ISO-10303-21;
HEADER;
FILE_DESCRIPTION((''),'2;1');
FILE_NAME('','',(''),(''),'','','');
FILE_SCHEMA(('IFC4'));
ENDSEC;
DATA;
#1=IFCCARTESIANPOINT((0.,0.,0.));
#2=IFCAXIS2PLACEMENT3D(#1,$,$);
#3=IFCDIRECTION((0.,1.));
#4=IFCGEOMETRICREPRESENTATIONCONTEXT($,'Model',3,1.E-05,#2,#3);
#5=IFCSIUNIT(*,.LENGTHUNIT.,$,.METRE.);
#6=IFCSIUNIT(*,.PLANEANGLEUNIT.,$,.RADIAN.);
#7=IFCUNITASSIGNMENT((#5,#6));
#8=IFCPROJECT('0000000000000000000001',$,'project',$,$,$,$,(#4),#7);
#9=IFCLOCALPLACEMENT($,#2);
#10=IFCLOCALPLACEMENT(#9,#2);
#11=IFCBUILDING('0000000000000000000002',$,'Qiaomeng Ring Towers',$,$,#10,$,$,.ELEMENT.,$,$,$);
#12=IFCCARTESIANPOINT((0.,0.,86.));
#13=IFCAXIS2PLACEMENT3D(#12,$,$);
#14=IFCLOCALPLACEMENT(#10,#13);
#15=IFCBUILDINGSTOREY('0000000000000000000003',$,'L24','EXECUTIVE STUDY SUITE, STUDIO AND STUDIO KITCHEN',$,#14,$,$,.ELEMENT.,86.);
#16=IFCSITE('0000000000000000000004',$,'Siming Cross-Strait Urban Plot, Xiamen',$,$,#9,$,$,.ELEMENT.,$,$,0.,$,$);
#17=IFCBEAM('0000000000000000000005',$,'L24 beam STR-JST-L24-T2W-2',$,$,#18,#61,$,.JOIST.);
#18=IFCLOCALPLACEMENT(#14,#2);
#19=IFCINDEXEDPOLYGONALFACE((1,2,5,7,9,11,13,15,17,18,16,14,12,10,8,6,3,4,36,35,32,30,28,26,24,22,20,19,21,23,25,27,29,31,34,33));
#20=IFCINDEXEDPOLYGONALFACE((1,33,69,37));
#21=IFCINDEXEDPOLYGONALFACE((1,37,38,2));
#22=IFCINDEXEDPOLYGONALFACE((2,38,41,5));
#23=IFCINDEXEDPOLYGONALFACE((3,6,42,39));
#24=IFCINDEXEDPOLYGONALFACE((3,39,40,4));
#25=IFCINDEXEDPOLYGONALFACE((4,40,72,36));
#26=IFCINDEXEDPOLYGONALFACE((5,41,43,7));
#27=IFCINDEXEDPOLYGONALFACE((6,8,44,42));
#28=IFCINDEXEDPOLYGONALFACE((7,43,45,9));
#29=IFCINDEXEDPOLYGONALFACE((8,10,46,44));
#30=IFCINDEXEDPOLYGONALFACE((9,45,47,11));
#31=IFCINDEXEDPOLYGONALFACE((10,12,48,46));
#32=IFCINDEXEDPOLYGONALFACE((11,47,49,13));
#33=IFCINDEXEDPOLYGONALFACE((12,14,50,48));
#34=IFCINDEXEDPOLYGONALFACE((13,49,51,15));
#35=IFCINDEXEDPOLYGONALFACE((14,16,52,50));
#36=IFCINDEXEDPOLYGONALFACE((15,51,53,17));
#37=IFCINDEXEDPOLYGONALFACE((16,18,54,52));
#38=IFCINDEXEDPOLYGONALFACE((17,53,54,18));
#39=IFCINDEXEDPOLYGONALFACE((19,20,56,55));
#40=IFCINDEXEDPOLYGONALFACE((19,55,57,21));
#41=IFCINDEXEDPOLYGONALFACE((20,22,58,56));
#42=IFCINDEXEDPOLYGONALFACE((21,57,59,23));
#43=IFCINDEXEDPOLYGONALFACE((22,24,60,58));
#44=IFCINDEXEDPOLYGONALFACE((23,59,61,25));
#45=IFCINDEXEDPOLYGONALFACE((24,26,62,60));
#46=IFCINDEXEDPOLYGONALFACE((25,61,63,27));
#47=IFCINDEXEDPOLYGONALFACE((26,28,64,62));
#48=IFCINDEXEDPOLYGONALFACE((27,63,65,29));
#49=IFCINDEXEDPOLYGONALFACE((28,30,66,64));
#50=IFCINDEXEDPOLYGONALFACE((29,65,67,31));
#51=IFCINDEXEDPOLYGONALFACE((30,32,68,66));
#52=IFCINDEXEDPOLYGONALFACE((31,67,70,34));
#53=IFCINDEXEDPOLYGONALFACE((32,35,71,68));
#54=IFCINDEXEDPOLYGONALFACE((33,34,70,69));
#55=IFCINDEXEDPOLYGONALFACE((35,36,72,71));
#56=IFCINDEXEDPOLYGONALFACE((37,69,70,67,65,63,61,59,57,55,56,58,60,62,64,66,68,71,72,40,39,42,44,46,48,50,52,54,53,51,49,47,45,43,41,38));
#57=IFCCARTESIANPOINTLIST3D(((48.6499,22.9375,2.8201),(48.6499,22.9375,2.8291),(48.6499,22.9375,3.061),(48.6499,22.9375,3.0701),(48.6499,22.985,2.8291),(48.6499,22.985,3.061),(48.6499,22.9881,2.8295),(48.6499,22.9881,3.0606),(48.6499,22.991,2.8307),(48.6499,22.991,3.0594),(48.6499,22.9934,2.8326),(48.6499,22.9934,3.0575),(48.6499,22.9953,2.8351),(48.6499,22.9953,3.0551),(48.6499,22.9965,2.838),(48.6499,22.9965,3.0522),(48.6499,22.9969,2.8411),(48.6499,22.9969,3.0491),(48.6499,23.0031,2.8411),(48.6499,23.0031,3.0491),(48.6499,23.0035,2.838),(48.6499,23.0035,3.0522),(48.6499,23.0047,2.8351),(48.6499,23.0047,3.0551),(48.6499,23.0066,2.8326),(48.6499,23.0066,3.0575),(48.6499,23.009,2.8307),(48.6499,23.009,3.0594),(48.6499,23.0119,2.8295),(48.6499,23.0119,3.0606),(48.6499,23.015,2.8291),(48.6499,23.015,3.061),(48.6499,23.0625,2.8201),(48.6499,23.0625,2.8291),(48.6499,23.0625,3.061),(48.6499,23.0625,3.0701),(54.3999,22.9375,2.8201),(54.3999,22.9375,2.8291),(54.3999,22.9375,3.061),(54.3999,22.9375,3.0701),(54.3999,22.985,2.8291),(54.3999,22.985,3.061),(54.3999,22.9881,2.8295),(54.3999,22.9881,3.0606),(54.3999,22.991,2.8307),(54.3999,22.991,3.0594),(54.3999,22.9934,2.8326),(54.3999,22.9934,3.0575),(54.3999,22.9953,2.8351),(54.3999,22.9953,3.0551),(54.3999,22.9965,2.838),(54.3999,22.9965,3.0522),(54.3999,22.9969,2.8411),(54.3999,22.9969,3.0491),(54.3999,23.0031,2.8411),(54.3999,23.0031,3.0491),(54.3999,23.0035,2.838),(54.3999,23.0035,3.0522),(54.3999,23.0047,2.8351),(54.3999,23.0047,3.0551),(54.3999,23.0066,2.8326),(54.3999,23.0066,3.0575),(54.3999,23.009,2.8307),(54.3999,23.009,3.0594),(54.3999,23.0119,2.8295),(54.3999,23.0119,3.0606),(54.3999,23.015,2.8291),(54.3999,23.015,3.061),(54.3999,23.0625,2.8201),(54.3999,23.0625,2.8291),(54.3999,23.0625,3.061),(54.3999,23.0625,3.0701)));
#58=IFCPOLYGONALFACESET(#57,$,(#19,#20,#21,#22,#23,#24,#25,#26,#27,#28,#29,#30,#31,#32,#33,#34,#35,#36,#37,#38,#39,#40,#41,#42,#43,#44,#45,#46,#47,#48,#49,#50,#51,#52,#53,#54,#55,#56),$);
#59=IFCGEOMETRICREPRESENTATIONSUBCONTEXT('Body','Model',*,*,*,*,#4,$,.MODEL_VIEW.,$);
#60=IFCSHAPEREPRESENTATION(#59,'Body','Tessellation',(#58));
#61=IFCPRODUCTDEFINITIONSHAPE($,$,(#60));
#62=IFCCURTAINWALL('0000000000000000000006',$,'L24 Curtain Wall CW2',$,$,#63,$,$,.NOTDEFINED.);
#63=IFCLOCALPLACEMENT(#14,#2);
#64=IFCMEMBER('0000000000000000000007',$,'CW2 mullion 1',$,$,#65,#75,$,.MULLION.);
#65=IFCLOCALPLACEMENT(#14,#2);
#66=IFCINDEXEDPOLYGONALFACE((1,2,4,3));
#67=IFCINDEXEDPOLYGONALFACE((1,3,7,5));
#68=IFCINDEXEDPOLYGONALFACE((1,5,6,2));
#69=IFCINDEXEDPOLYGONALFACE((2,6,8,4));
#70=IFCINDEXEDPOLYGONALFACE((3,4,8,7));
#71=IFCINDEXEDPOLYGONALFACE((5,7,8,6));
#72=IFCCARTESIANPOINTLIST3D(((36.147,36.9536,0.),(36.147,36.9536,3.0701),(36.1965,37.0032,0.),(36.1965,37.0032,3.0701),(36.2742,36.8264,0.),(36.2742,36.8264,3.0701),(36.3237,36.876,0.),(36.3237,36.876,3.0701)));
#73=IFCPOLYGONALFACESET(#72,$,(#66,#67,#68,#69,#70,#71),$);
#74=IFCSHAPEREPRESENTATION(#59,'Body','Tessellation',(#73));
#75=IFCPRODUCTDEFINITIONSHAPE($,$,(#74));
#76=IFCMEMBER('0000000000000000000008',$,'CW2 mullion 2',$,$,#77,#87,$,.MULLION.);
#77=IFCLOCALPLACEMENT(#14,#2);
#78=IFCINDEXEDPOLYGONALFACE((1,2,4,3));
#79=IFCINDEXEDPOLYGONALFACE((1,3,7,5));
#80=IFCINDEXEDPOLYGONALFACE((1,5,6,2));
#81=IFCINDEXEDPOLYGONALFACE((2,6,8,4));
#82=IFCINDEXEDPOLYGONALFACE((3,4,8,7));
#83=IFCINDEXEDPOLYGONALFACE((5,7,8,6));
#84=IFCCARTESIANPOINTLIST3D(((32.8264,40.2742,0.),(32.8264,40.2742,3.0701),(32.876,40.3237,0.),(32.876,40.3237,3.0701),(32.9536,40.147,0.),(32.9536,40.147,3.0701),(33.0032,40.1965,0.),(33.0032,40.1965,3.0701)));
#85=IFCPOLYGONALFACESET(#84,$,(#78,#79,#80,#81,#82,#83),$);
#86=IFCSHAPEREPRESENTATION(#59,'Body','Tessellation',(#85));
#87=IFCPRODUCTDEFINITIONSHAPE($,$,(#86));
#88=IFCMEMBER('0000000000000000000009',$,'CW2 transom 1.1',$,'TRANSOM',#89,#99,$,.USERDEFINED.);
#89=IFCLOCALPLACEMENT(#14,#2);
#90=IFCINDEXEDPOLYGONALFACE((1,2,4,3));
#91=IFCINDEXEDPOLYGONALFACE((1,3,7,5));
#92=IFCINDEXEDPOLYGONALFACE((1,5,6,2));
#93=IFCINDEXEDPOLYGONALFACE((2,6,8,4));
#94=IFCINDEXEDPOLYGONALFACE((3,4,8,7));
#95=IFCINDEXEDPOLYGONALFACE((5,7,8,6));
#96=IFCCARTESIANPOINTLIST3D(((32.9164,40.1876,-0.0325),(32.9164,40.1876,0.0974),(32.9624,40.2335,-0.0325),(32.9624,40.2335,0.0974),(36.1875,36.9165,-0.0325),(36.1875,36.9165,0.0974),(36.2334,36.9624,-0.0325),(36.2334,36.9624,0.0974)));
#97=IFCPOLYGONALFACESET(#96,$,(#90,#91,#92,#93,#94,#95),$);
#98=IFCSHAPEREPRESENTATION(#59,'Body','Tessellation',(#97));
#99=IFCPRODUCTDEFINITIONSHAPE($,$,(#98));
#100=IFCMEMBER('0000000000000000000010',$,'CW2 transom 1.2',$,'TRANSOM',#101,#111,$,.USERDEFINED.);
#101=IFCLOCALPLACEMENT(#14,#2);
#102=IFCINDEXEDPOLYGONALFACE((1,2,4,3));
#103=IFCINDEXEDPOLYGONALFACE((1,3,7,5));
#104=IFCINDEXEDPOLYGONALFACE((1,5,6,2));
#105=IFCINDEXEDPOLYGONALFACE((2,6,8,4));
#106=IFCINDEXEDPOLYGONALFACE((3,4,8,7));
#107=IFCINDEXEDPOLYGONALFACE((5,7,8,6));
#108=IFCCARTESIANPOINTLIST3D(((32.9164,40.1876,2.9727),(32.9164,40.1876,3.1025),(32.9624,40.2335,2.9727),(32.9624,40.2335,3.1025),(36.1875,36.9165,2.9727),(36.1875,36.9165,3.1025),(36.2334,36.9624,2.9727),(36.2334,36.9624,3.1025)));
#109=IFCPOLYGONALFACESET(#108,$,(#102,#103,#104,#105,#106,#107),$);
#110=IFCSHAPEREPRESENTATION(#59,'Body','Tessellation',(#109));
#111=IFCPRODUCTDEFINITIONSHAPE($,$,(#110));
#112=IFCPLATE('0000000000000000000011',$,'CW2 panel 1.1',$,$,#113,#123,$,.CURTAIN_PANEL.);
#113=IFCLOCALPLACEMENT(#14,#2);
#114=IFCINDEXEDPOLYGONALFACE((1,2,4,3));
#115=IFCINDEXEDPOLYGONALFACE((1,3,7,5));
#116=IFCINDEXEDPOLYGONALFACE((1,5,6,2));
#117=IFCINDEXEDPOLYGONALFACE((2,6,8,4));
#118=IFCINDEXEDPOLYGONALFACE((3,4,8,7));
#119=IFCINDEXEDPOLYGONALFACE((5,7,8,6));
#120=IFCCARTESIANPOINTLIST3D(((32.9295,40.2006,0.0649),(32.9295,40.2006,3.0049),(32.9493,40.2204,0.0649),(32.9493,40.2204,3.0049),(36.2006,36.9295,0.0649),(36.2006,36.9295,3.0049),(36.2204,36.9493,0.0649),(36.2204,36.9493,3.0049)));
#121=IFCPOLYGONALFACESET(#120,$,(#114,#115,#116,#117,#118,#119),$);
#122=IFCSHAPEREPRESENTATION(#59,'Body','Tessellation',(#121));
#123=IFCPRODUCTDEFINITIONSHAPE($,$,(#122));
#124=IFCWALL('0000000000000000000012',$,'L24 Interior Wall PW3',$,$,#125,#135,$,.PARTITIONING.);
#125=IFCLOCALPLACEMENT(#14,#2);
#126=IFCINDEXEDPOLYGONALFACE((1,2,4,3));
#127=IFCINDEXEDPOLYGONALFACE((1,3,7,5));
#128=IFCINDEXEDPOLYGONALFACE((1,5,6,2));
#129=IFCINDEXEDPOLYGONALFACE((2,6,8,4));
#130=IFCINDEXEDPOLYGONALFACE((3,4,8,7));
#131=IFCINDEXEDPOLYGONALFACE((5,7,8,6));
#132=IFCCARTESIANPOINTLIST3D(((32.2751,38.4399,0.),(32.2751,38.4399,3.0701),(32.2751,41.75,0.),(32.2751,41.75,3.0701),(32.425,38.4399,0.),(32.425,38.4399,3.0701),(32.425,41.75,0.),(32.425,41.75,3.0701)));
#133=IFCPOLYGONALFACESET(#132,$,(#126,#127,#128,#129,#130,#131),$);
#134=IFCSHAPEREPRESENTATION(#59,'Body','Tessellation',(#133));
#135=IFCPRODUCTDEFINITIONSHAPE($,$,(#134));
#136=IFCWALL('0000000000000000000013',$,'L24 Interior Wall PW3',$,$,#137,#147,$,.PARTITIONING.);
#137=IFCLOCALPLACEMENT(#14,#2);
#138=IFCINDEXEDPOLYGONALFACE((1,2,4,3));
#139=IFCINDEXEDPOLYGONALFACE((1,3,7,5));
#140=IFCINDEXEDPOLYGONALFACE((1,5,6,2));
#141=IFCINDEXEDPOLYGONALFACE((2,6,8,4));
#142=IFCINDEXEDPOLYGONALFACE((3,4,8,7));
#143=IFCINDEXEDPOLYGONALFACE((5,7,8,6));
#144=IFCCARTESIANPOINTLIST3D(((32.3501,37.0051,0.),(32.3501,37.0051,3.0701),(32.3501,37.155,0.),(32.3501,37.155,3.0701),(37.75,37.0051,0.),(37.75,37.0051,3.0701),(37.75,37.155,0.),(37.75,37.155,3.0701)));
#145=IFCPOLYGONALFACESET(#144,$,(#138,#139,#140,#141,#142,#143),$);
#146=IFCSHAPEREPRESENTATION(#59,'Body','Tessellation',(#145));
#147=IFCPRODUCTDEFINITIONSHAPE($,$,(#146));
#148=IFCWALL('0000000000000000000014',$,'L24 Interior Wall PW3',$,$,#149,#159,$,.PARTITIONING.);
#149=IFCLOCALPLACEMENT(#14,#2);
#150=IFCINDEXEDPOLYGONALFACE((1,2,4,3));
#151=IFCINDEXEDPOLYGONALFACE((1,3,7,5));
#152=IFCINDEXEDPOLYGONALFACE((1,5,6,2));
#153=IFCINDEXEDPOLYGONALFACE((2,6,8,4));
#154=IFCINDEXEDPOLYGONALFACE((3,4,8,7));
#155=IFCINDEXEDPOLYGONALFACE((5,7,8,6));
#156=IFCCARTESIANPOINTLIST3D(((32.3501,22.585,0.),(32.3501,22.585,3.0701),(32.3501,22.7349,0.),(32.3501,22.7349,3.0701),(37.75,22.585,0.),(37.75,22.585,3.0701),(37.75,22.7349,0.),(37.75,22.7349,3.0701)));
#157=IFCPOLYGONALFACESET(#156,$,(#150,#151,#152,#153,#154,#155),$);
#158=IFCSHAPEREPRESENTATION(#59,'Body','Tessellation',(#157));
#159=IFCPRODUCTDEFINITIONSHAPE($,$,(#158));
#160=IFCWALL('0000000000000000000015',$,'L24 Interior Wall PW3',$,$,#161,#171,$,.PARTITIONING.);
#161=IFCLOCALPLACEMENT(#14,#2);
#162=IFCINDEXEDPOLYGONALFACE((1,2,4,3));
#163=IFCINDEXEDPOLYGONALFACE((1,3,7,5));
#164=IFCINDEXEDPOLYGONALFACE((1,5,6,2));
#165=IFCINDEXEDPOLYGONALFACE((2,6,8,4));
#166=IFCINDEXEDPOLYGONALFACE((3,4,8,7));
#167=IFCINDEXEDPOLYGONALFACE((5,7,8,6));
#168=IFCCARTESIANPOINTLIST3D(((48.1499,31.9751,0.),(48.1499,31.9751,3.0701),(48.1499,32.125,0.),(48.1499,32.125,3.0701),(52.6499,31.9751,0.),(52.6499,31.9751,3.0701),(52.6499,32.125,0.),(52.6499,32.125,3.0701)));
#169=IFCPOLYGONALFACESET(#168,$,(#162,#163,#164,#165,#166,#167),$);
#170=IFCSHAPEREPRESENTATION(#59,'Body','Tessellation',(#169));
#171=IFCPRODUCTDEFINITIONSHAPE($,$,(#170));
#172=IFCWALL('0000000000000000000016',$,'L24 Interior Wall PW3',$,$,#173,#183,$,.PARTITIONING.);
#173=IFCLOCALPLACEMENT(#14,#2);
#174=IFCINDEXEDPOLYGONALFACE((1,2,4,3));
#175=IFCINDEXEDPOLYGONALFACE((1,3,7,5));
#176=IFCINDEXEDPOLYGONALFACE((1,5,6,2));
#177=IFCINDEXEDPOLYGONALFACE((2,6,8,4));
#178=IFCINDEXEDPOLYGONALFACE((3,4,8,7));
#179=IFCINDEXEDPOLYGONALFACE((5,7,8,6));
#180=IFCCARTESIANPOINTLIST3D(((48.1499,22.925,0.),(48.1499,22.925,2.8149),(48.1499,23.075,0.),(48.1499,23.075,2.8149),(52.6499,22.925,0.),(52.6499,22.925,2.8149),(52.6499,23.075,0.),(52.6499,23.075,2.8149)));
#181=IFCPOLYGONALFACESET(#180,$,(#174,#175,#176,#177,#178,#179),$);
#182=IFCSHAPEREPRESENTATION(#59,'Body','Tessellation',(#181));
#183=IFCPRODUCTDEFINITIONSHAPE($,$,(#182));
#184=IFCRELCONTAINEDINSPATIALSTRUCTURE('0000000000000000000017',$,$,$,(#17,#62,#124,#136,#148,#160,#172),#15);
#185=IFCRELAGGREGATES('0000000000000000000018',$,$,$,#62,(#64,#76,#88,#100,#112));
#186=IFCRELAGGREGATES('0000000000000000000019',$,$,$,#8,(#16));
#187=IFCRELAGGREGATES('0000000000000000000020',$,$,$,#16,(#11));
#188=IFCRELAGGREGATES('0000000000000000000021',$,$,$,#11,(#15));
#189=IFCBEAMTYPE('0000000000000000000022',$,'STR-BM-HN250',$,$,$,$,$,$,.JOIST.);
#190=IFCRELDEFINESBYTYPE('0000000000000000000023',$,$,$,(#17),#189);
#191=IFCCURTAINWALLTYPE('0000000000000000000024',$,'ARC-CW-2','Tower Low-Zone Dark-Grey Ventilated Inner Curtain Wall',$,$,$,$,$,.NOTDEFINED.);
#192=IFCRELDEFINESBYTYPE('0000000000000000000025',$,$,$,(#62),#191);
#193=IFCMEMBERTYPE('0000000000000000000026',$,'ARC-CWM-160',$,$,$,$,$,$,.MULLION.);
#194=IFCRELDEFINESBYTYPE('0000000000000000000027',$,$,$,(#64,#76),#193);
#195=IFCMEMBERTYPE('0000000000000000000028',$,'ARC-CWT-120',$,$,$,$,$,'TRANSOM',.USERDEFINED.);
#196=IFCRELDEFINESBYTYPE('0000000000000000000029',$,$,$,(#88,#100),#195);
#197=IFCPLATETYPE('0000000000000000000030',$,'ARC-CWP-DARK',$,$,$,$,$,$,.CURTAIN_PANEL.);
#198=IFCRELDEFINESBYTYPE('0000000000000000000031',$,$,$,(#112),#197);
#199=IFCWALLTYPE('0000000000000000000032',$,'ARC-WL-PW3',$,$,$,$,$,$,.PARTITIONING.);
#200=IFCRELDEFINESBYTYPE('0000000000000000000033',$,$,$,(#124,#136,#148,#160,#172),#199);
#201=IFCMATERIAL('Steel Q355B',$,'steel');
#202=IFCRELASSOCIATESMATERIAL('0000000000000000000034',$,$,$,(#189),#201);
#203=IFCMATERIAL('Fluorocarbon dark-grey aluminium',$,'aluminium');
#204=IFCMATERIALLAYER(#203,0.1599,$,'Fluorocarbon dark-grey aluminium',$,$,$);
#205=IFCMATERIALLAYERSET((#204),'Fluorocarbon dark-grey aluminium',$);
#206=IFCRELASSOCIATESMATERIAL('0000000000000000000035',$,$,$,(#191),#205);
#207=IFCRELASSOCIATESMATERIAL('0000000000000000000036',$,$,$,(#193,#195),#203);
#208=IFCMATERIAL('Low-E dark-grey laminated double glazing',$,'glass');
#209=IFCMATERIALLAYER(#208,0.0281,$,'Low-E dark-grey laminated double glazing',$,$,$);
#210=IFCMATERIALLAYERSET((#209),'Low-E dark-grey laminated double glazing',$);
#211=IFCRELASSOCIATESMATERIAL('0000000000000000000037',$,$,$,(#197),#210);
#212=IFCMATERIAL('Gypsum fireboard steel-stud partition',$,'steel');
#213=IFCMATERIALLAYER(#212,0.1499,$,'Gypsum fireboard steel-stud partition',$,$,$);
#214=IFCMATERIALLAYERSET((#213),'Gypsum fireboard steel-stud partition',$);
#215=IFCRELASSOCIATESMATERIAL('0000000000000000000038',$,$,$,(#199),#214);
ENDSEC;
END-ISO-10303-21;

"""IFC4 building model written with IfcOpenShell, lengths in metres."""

from ifc_helpers import new_model, si_unit, direction, frame, frame_2d, origin, origin_2d, place, context, subcontext, project, spatial, rectangle, i_section, extrude, source, transform, mapped, material, layer, layer_set, material_profile, profile_set, type_object, element, aggregate, save


model = new_model("IFC4")

# Units and contexts
model_context = context("Model", 3, precision=1e-05, world=origin(), true_north=direction((0.0, 1.0)))
body_context = subcontext(model_context, "Body", "Model", "MODEL_VIEW")
ifc_project = project(units=[si_unit("LENGTHUNIT", "METRE"), si_unit("PLANEANGLEUNIT", "RADIAN")], contexts=[model_context])

# Site, building, storey
site_placement = place(None, origin())
site = spatial("IfcSite", under=ifc_project, at=site_placement, Name="Siming Cross-Strait Urban Plot, Xiamen", CompositionType="ELEMENT", RefElevation=0.0)
building_placement = place(site_placement, origin())
building = spatial("IfcBuilding", under=site, at=building_placement, Name="Qiaomeng Ring Towers", CompositionType="ELEMENT")
storey_placement = place(building_placement, frame((0.0, 0.0, 86.0)))
storey = spatial("IfcBuildingStorey", under=building, at=storey_placement, Name="L24", Description="EXECUTIVE STUDY SUITE, STUDIO AND STUDIO KITCHEN", CompositionType="ELEMENT", Elevation=86.0)

# Beam
ifc_material_1 = material(Name="Steel Q355B", Category="steel")
ifc_material_profile_1 = material_profile(ifc_material_1, i_section(OverallWidth=0.125, OverallDepth=0.25, WebThickness=0.0061, FlangeThickness=0.009, FilletRadius=0.012, at=origin_2d()), Name="HN 250x125x6x9")
ifc_profile_set_1 = profile_set([ifc_material_profile_1], Name="Steel Q355B")
beam_type_1 = type_object("IfcBeamType", Name="STR-BM-HN250", PredefinedType="JOIST", material=ifc_profile_set_1)
shared_shape_1 = source(origin(), body_context, "Body", "SweptSolid", [
    extrude(i_section(OverallWidth=0.125, OverallDepth=0.25, WebThickness=0.0061, FlangeThickness=0.009, FilletRadius=0.012, at=origin_2d()), origin(), (0.0, 0.0, 1.0), 5.75),
])
beam_1_placement = place(storey_placement, frame((48.6499, 23.0, 2.9451), z_axis=(1.0, 0.0, 0.0), x_axis=(0.0, 1.0, 0.0)))
element("IfcBeam", 1, at=beam_1_placement, inside=storey, type_object=beam_type_1, Name="L24 beam STR-JST-L24-T2W-2", PredefinedType="JOIST", context=body_context, shape_type="MappedRepresentation", body=[
    mapped(shared_shape_1, transform((0.0, 0.0, 0.0), x_axis=(1.0, 0.0, 0.0), y_axis=(0.0, 1.0, 0.0), z_axis=(0.0, 0.0, 1.0), scale=1.0)),
])

# Curtain wall, members, plate
ifc_material_2 = material(Name="Fluorocarbon dark-grey aluminium", Category="aluminium")
ifc_layer_1 = layer(ifc_material_2, 0.1599, Name="Fluorocarbon dark-grey aluminium")
ifc_layer_set_1 = layer_set([ifc_layer_1], Name="Fluorocarbon dark-grey aluminium")
curtain_wall_type = type_object("IfcCurtainWallType", Name="ARC-CW-2", Description="Tower Low-Zone Dark-Grey Ventilated Inner Curtain Wall", PredefinedType="NOTDEFINED", material=ifc_layer_set_1)
curtain_wall_placement = place(storey_placement, origin())
curtain_wall = element("IfcCurtainWall", 2, at=curtain_wall_placement, inside=storey, type_object=curtain_wall_type, Name="L24 Curtain Wall CW2", PredefinedType="NOTDEFINED")
ifc_material_profile_2 = material_profile(ifc_material_2, rectangle(XDim=0.0701, YDim=0.1799, at=origin_2d()), Name="ALU MULL 70x180")
ifc_profile_set_2 = profile_set([ifc_material_profile_2], Name="Fluorocarbon dark-grey aluminium")
member_type_1 = type_object("IfcMemberType", Name="ARC-CWM-160", PredefinedType="MULLION", material=ifc_profile_set_2)
shared_shape_2 = source(origin(), body_context, "Body", "SweptSolid", [
    extrude(rectangle(XDim=0.0701, YDim=0.1799, at=origin_2d()), origin(), (0.0, 0.0, 1.0), 3.0701),
])
member_1_placement = place(storey_placement, frame((36.2354, 36.9148, 0.0), z_axis=(0.0, 0.0, 1.0), x_axis=(-0.707107, -0.707107, 0.0)))
member_1 = element("IfcMember", 3, at=member_1_placement, type_object=member_type_1, Name="CW2 mullion 1", PredefinedType="MULLION", context=body_context, shape_type="MappedRepresentation", body=[
    mapped(shared_shape_2, transform((0.0, 0.0, 0.0), x_axis=(1.0, 0.0, 0.0), y_axis=(0.0, 1.0, 0.0), z_axis=(0.0, 0.0, 1.0), scale=1.0)),
])
member_2_placement = place(storey_placement, frame((32.9148, 40.2354, 0.0), z_axis=(0.0, 0.0, 1.0), x_axis=(-0.707107, -0.707107, 0.0)))
member_2 = element("IfcMember", 4, at=member_2_placement, type_object=member_type_1, Name="CW2 mullion 2", PredefinedType="MULLION", context=body_context, shape_type="MappedRepresentation", body=[
    mapped(shared_shape_2, transform((0.0, 0.0, 0.0), x_axis=(1.0, 0.0, 0.0), y_axis=(0.0, 1.0, 0.0), z_axis=(0.0, 0.0, 1.0), scale=1.0)),
])
ifc_material_profile_3 = material_profile(ifc_material_2, rectangle(XDim=0.0649, YDim=0.1299, at=origin_2d()), Name="ALU TRAN 65x130")
ifc_profile_set_3 = profile_set([ifc_material_profile_3], Name="Fluorocarbon dark-grey aluminium")
member_type_2 = type_object("IfcMemberType", Name="ARC-CWT-120", ElementType="TRANSOM", PredefinedType="USERDEFINED", material=ifc_profile_set_3)
shared_shape_3 = source(origin(), body_context, "Body", "SweptSolid", [
    extrude(rectangle(XDim=0.0649, YDim=0.1299, at=origin_2d()), origin(), (0.0, 0.0, 1.0), 4.626),
])
member_3_placement = place(storey_placement, frame((36.2104, 36.9395, 0.0325), z_axis=(-0.707107, 0.707107, 0.0), x_axis=(-0.707107, -0.707107, 0.0)))
member_3 = element("IfcMember", 5, at=member_3_placement, type_object=member_type_2, Name="CW2 transom 1.1", ObjectType="TRANSOM", PredefinedType="USERDEFINED", context=body_context, shape_type="MappedRepresentation", body=[
    mapped(shared_shape_3, transform((0.0, 0.0, 0.0), x_axis=(1.0, 0.0, 0.0), y_axis=(0.0, 1.0, 0.0), z_axis=(0.0, 0.0, 1.0), scale=1.0)),
])
member_4_placement = place(storey_placement, frame((36.2104, 36.9395, 3.0376), z_axis=(-0.707107, 0.707107, 0.0), x_axis=(-0.707107, -0.707107, 0.0)))
member_4 = element("IfcMember", 6, at=member_4_placement, type_object=member_type_2, Name="CW2 transom 1.2", ObjectType="TRANSOM", PredefinedType="USERDEFINED", context=body_context, shape_type="MappedRepresentation", body=[
    mapped(shared_shape_3, transform((0.0, 0.0, 0.0), x_axis=(1.0, 0.0, 0.0), y_axis=(0.0, 1.0, 0.0), z_axis=(0.0, 0.0, 1.0), scale=1.0)),
])
ifc_material_3 = material(Name="Low-E dark-grey laminated double glazing", Category="glass")
ifc_layer_2 = layer(ifc_material_3, 0.0281, Name="Low-E dark-grey laminated double glazing")
ifc_layer_set_2 = layer_set([ifc_layer_2], Name="Low-E dark-grey laminated double glazing")
plate_type = type_object("IfcPlateType", Name="ARC-CWP-DARK", PredefinedType="CURTAIN_PANEL", material=ifc_layer_set_2)
shared_shape_4 = source(origin(), body_context, "Body", "SweptSolid", [
    extrude(rectangle(XDim=4.626, YDim=0.0281, at=origin_2d()), origin(), (0.0, 0.0, 1.0), 2.9399),
])
plate_placement = place(storey_placement, frame((34.575, 38.575, 0.0649), z_axis=(0.0, 0.0, 1.0), x_axis=(-0.707107, 0.707107, 0.0)))
plate = element("IfcPlate", 7, at=plate_placement, type_object=plate_type, Name="CW2 panel 1.1", PredefinedType="CURTAIN_PANEL", context=body_context, shape_type="MappedRepresentation", body=[
    mapped(shared_shape_4, transform((0.0, 0.0, 0.0), x_axis=(1.0, 0.0, 0.0), y_axis=(0.0, 1.0, 0.0), z_axis=(0.0, 0.0, 1.0), scale=1.0)),
])
aggregate(curtain_wall, [member_1, member_2, member_3, member_4, plate])

# Walls
ifc_material_4 = material(Name="Gypsum fireboard steel-stud partition", Category="steel")
ifc_layer_3 = layer(ifc_material_4, 0.1499, Name="Gypsum fireboard steel-stud partition")
ifc_layer_set_3 = layer_set([ifc_layer_3], Name="Gypsum fireboard steel-stud partition")
wall_type_1 = type_object("IfcWallType", Name="ARC-WL-PW3", PredefinedType="PARTITIONING", material=ifc_layer_set_3)
wall_1_placement = place(storey_placement, frame((32.3501, 38.4399, 0.0), z_axis=(0.0, 0.0, 1.0), x_axis=(0.0, 1.0, 0.0)))
element("IfcWall", 8, at=wall_1_placement, inside=storey, type_object=wall_type_1, Name="L24 Interior Wall PW3", PredefinedType="PARTITIONING", context=body_context, shape_type="SweptSolid", body=[
    extrude(rectangle(XDim=3.3101, YDim=0.1499, at=frame_2d((1.655, 0.0))), origin(), (0.0, 0.0, 1.0), 3.0701),
])
for number, where, z_axis, x_axis, name in (
    (9, (32.3501, 37.0801, 0.0), (0.0, 0.0, 1.0), (1.0, 0.0, 0.0), "L24 Interior Wall PW3"),
    (10, (32.3501, 22.6599, 0.0), (0.0, 0.0, 1.0), (1.0, 0.0, 0.0), "L24 Interior Wall PW3"),
):
    element("IfcWall", number, at=place(storey_placement, frame(where, z_axis=z_axis, x_axis=x_axis)), inside=storey, type_object=wall_type_1, Name=name, PredefinedType="PARTITIONING", context=body_context, shape_type="SweptSolid", body=[
        extrude(rectangle(XDim=5.3999, YDim=0.1499, at=frame_2d((2.7, 0.0))), origin(), (0.0, 0.0, 1.0), 3.0701),
    ])
wall_2_placement = place(storey_placement, frame((48.1499, 32.05, 0.0), z_axis=(0.0, 0.0, 1.0), x_axis=(1.0, 0.0, 0.0)))
element("IfcWall", 11, at=wall_2_placement, inside=storey, type_object=wall_type_1, Name="L24 Interior Wall PW3", PredefinedType="PARTITIONING", context=body_context, shape_type="SweptSolid", body=[
    extrude(rectangle(XDim=4.5, YDim=0.1499, at=frame_2d((2.25, 0.0))), origin(), (0.0, 0.0, 1.0), 3.0701),
])
wall_3_placement = place(storey_placement, frame((48.1499, 23.0, 0.0), z_axis=(0.0, 0.0, 1.0), x_axis=(1.0, 0.0, 0.0)))
element("IfcWall", 12, at=wall_3_placement, inside=storey, type_object=wall_type_1, Name="L24 Interior Wall PW3", PredefinedType="PARTITIONING", context=body_context, shape_type="SweptSolid", body=[
    extrude(rectangle(XDim=4.5, YDim=0.1499, at=frame_2d((2.25, 0.0))), origin(), (0.0, 0.0, 1.0), 2.8149),
])

save(model, "model.ifc")
